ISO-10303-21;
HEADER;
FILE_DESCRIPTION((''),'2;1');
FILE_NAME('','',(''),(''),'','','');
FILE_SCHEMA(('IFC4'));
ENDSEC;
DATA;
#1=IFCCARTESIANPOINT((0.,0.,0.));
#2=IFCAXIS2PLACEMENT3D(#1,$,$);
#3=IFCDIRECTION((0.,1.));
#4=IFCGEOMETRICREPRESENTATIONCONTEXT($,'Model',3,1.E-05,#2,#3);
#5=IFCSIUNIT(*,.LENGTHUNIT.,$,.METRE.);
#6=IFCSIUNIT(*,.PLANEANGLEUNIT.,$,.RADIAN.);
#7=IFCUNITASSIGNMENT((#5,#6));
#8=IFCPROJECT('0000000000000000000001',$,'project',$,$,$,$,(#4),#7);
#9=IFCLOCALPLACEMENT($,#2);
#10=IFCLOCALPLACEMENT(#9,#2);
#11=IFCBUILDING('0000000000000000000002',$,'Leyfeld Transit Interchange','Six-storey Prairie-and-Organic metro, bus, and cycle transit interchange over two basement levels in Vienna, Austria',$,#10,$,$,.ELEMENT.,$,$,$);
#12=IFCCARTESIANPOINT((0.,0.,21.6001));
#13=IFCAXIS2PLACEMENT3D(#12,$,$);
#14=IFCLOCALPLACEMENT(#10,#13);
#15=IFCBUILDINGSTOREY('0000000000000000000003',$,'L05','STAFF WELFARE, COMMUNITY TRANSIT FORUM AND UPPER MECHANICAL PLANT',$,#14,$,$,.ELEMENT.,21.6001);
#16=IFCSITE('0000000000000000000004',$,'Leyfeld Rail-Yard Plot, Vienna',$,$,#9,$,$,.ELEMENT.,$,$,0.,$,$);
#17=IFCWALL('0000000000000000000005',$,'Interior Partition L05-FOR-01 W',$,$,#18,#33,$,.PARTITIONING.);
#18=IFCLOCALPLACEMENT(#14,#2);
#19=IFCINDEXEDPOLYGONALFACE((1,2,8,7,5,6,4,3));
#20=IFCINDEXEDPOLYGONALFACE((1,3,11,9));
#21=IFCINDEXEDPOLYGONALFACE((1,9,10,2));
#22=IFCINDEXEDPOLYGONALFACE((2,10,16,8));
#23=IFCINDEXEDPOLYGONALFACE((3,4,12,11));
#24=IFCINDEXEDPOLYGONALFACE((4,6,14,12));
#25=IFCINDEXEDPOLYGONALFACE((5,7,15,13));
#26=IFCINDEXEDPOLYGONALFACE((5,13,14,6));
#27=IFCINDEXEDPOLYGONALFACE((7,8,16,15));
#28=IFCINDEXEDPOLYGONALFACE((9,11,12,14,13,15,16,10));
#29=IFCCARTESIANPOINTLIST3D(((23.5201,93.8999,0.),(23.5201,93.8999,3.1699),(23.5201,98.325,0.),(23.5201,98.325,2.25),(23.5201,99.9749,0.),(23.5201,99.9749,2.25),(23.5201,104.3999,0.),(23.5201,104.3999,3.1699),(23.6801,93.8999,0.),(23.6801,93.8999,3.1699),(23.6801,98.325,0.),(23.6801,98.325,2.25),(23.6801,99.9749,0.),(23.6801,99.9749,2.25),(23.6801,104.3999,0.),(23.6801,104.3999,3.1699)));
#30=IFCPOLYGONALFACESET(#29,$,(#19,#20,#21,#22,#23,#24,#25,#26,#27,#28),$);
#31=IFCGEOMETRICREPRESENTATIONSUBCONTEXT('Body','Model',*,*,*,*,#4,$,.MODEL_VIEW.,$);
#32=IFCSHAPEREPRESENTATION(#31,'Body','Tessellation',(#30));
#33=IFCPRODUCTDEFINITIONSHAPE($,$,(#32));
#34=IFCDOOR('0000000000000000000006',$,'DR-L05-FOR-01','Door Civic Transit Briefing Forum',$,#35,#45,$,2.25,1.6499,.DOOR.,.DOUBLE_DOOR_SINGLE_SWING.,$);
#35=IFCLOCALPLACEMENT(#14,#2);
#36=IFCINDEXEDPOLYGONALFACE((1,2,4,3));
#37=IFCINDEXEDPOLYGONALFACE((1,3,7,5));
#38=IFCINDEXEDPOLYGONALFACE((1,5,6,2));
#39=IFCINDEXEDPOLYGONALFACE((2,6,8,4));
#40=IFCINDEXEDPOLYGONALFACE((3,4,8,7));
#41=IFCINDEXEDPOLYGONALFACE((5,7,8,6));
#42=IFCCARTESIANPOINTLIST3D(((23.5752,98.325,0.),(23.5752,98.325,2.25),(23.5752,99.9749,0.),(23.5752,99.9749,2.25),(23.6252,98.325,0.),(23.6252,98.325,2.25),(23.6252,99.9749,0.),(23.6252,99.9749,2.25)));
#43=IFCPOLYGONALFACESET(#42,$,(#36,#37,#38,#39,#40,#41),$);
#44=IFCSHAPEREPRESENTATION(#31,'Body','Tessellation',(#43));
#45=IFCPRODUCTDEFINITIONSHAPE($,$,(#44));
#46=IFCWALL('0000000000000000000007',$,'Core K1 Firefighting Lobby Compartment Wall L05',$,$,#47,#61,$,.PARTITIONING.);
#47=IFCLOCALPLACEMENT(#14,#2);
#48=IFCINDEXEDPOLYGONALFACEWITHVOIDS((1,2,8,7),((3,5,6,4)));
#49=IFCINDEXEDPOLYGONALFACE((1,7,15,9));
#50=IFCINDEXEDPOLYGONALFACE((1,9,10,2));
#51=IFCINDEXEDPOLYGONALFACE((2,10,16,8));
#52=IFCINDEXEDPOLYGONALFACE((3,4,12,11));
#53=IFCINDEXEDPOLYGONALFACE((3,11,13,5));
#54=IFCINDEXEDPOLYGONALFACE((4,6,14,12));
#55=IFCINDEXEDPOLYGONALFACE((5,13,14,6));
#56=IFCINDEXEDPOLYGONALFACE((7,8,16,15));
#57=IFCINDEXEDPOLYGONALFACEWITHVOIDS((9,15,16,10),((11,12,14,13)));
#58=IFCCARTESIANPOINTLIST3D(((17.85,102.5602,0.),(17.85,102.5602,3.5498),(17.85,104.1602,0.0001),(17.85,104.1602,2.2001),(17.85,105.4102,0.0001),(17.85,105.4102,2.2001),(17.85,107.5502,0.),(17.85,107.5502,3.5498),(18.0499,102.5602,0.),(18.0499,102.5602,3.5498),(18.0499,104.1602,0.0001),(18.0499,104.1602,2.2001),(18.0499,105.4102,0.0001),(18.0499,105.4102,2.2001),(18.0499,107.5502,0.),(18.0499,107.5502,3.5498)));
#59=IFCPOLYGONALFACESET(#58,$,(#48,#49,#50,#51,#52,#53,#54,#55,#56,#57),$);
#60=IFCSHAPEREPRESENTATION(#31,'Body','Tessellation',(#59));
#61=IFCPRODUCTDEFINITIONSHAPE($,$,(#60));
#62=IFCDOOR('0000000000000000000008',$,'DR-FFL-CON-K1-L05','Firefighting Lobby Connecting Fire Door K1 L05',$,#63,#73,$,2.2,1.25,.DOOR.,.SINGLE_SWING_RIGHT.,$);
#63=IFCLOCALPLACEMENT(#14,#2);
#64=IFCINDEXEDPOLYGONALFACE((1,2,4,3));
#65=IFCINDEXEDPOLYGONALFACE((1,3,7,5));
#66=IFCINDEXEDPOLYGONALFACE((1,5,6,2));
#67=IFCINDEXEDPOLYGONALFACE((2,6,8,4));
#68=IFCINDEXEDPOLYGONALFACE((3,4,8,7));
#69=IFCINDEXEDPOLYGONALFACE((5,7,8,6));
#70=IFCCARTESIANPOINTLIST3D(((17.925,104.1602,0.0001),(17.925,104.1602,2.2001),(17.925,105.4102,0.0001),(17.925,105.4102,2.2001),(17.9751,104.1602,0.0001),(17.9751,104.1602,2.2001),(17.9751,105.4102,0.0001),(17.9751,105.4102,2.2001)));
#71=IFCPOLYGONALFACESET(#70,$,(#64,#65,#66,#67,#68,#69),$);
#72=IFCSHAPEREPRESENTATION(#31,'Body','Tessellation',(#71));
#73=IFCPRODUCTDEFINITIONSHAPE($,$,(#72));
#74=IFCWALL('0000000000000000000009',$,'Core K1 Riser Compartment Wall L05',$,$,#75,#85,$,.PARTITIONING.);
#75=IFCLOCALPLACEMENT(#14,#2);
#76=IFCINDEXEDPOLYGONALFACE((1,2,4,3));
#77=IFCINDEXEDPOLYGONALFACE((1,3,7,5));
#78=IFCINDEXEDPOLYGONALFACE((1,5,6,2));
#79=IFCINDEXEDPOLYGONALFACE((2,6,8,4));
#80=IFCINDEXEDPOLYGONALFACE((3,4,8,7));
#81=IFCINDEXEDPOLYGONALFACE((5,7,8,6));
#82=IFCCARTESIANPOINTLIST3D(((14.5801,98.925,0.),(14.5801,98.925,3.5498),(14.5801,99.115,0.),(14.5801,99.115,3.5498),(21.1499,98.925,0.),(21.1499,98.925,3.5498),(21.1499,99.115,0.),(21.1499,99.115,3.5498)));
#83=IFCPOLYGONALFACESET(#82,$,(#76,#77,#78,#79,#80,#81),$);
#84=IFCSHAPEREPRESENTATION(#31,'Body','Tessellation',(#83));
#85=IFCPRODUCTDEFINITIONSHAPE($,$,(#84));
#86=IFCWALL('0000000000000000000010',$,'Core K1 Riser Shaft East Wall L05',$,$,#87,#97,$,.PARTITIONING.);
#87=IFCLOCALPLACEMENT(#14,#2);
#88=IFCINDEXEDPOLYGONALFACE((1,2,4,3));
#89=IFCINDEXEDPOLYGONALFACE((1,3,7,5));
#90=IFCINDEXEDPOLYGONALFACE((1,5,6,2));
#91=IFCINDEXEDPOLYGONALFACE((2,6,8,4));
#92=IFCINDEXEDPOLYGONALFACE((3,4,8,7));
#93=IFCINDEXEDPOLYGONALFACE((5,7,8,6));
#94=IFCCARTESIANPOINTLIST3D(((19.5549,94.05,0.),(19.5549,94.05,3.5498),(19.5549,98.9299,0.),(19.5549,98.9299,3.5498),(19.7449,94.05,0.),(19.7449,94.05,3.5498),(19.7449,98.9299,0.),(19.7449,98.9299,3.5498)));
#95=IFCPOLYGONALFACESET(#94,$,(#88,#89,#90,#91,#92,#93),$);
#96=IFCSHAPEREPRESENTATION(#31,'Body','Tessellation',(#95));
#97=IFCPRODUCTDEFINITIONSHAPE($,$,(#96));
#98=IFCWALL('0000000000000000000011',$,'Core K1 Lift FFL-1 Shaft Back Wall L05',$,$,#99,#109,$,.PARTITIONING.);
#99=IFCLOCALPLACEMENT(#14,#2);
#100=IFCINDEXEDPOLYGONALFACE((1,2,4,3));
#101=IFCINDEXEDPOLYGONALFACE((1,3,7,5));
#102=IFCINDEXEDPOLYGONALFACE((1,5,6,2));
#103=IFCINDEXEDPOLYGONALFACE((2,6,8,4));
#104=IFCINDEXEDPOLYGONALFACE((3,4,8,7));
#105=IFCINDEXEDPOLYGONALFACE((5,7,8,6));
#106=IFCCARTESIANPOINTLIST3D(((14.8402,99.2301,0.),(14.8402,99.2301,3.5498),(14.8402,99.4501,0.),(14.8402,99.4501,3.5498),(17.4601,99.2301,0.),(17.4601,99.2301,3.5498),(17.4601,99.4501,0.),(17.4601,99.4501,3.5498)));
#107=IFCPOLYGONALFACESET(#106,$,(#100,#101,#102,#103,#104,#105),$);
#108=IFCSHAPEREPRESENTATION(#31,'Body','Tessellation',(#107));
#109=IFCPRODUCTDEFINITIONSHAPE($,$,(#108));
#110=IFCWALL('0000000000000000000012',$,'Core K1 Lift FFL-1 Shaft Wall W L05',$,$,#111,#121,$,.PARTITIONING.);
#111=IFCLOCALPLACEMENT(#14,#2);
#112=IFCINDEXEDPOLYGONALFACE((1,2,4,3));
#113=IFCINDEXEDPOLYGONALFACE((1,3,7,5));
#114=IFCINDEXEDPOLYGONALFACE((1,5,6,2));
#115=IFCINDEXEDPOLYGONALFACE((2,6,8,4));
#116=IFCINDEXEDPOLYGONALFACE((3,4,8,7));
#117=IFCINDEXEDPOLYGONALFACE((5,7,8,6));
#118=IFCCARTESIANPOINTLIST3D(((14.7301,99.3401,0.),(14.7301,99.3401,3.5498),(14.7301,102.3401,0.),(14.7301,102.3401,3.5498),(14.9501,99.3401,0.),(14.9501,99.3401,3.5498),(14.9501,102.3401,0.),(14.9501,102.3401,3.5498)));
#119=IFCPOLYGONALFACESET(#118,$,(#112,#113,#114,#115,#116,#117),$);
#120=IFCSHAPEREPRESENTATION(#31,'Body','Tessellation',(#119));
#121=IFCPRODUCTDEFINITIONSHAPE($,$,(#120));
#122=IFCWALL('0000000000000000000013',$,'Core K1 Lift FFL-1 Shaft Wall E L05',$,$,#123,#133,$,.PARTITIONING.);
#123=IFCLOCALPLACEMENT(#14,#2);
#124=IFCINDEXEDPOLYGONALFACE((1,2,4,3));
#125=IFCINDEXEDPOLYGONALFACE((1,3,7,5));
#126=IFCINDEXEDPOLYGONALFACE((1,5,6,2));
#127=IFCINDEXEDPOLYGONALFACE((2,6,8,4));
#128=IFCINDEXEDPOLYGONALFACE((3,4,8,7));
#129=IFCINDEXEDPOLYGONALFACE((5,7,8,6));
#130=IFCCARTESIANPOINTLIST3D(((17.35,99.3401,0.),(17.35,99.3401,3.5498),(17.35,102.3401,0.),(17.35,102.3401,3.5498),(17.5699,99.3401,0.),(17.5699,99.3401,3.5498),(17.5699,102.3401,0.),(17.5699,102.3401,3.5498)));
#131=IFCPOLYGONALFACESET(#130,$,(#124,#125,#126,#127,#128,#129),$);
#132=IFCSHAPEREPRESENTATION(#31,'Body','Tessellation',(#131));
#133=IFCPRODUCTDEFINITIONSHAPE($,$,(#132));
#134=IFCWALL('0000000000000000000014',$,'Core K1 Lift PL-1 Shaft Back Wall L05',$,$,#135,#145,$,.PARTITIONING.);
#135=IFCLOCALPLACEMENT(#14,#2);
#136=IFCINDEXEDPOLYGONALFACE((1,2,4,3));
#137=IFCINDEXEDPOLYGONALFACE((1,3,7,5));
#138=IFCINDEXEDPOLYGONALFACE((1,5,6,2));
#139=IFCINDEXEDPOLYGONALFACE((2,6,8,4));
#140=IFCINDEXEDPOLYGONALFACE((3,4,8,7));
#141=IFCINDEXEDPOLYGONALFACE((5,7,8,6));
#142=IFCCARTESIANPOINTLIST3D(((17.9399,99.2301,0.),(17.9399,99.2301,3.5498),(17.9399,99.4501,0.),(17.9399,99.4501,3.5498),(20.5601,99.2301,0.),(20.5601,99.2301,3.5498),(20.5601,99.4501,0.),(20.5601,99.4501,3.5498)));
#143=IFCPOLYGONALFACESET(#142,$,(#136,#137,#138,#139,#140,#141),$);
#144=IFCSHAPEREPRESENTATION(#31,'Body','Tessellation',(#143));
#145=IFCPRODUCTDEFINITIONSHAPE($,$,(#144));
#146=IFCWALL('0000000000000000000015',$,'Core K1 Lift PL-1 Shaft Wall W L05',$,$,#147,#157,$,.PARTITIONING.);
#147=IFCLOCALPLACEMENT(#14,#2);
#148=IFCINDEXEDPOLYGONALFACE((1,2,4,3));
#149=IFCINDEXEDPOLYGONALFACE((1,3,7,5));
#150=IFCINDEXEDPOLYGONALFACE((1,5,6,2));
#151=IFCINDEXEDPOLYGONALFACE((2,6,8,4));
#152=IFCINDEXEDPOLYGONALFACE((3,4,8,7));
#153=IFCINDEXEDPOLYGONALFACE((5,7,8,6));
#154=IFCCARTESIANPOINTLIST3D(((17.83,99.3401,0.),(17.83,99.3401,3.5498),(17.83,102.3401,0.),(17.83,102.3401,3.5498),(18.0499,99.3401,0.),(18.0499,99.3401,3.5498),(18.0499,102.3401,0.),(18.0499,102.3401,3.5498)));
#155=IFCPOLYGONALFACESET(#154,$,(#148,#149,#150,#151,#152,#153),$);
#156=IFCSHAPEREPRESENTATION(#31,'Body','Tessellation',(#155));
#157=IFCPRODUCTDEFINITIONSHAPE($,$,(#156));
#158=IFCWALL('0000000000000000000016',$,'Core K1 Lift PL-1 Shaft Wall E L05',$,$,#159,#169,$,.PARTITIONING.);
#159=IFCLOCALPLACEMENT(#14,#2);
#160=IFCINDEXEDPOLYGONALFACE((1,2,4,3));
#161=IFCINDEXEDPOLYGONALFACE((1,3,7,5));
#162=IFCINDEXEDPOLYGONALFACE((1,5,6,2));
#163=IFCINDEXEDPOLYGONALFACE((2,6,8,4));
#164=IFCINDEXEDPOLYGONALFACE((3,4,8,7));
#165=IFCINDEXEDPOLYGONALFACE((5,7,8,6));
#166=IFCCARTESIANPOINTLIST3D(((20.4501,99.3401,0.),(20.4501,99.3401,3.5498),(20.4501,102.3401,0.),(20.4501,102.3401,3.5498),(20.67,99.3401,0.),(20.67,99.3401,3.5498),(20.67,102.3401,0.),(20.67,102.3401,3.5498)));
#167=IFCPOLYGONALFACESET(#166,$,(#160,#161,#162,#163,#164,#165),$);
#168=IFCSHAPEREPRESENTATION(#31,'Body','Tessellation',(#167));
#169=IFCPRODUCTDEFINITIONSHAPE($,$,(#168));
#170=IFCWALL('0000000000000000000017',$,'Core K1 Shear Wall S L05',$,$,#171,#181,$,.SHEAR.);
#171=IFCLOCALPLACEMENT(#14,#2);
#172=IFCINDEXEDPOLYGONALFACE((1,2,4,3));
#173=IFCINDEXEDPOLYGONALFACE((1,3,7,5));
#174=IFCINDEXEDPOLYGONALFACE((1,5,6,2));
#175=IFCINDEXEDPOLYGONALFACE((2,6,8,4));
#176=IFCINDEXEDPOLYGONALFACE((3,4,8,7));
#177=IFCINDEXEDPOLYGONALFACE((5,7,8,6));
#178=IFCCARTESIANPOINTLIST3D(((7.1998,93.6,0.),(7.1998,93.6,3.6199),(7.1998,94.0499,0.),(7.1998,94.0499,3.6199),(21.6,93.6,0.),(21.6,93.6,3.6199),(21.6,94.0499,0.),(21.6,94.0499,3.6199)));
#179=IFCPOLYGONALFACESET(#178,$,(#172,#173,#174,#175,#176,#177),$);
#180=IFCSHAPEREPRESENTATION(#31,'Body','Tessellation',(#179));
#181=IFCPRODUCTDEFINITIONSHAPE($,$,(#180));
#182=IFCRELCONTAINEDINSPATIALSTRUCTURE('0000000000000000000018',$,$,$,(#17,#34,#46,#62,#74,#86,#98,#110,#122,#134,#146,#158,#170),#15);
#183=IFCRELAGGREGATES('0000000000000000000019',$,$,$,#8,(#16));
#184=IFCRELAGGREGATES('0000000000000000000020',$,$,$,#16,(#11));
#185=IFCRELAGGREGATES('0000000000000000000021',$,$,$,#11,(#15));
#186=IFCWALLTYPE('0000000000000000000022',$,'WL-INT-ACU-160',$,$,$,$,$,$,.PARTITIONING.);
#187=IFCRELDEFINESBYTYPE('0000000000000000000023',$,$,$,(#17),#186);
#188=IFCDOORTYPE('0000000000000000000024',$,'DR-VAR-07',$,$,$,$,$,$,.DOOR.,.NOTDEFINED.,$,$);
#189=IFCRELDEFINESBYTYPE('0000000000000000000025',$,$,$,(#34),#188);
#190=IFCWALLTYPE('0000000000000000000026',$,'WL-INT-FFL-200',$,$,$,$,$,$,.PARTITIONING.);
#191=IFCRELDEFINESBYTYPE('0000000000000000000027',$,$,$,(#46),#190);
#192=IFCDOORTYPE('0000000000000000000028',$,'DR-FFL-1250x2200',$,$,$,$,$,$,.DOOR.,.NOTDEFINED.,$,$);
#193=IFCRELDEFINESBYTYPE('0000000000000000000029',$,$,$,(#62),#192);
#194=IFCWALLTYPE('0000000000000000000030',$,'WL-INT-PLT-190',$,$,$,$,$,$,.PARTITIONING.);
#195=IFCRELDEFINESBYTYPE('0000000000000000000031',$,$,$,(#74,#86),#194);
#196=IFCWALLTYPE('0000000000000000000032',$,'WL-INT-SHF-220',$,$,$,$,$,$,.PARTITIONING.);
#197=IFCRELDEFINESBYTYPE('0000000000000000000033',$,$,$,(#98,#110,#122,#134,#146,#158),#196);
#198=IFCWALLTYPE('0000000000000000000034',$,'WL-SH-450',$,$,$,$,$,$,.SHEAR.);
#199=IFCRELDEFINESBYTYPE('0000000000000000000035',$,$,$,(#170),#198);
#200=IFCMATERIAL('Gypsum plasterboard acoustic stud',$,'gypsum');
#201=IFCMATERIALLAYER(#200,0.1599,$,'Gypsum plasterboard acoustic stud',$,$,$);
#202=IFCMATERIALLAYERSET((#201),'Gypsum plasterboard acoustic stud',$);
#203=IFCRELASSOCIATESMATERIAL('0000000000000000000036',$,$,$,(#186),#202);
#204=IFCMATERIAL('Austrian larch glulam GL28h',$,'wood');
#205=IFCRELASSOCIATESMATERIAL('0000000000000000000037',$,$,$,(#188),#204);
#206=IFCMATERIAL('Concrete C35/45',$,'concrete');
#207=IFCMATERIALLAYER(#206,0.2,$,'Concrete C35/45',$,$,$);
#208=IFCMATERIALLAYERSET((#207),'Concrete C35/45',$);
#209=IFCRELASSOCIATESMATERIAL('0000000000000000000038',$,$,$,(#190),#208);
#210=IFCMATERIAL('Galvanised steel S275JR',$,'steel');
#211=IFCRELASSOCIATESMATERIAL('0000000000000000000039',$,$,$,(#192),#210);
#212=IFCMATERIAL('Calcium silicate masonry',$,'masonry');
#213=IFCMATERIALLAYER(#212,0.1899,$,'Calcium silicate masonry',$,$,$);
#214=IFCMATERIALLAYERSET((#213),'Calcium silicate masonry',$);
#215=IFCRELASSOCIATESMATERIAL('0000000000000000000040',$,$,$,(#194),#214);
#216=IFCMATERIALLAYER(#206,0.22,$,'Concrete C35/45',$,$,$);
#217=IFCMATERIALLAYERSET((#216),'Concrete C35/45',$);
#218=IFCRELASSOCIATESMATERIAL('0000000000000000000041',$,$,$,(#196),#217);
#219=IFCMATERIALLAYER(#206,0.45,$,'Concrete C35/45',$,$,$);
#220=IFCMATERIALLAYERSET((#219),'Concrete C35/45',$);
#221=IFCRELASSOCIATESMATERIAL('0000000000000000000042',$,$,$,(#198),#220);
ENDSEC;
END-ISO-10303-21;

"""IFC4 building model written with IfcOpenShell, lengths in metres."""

from ifc_helpers import new_model, si_unit, direction, frame, frame_2d, origin, place, context, subcontext, project, spatial, rectangle, extrude, material, layer, layer_set, type_object, element, fill, save


model = new_model("IFC4")

# Units and contexts
model_context = context("Model", 3, precision=1e-05, world=origin(), true_north=direction((0.0, 1.0)))
body_context = subcontext(model_context, "Body", "Model", "MODEL_VIEW")
ifc_project = project(units=[si_unit("LENGTHUNIT", "METRE"), si_unit("PLANEANGLEUNIT", "RADIAN")], contexts=[model_context])

# Site, building, storey
site_placement = place(None, origin())
site = spatial("IfcSite", under=ifc_project, at=site_placement, Name="Leyfeld Rail-Yard Plot, Vienna", CompositionType="ELEMENT", RefElevation=0.0)
building_placement = place(site_placement, origin())
building = spatial("IfcBuilding", under=site, at=building_placement, Name="Leyfeld Transit Interchange", Description="Six-storey Prairie-and-Organic metro, bus, and cycle transit interchange over two basement levels in Vienna, Austria", CompositionType="ELEMENT")
storey_placement = place(building_placement, frame((0.0, 0.0, 21.6001)))
storey = spatial("IfcBuildingStorey", under=building, at=storey_placement, Name="L05", Description="STAFF WELFARE, COMMUNITY TRANSIT FORUM AND UPPER MECHANICAL PLANT", CompositionType="ELEMENT", Elevation=21.6001)

# Walls, openings, doors
ifc_material_1 = material(Name="Gypsum plasterboard acoustic stud", Category="gypsum")
ifc_layer_1 = layer(ifc_material_1, 0.1599, Name="Gypsum plasterboard acoustic stud")
ifc_layer_set_1 = layer_set([ifc_layer_1], Name="Gypsum plasterboard acoustic stud")
wall_type_1 = type_object("IfcWallType", Name="WL-INT-ACU-160", PredefinedType="PARTITIONING", material=ifc_layer_set_1)
wall_1_placement = place(storey_placement, frame((23.6001, 93.8999, 0.0), z_axis=(0.0, 0.0, 1.0), x_axis=(0.0, 1.0, 0.0)))
wall_1 = element("IfcWall", 1, at=wall_1_placement, inside=storey, type_object=wall_type_1, Name="Interior Partition L05-FOR-01 W", PredefinedType="PARTITIONING", context=body_context, shape_type="SweptSolid", body=[
    extrude(rectangle(XDim=10.5, YDim=0.1599, at=frame_2d((5.25, 0.0))), origin(), (0.0, 0.0, 1.0), 3.1699),
])
opening_1_placement = place(wall_1_placement, frame((4.425, 0.0, 0.0)))
opening_1 = element("IfcOpeningElement", 2, at=opening_1_placement, cuts=wall_1, PredefinedType="OPENING", context=body_context, shape_type="SweptSolid", body=[
    extrude(rectangle(XDim=1.6499, YDim=2.25, at=frame_2d((0.825, 1.125))), frame((0.0, 0.0898, 0.0), z_axis=(0.0, -1.0, 0.0), x_axis=(1.0, 0.0, 0.0)), (0.0, 0.0, 1.0), 0.1799),
])
ifc_material_2 = material(Name="Austrian larch glulam GL28h", Category="wood")
door_type_1 = type_object("IfcDoorType", Name="DR-VAR-07", OperationType="NOTDEFINED", PredefinedType="DOOR", material=ifc_material_2)
door_1_placement = place(opening_1_placement, origin())
door_1 = element("IfcDoor", 3, at=door_1_placement, inside=storey, type_object=door_type_1, Name="DR-L05-FOR-01", Description="Door Civic Transit Briefing Forum", OperationType="DOUBLE_DOOR_SINGLE_SWING", OverallHeight=2.25, OverallWidth=1.6499, PredefinedType="DOOR", context=body_context, shape_type="SweptSolid", body=[
    extrude(rectangle(XDim=1.6499, YDim=2.25, at=frame_2d((0.825, 1.125))), frame((0.0, 0.0249, 0.0), z_axis=(0.0, -1.0, 0.0), x_axis=(1.0, 0.0, 0.0)), (0.0, 0.0, 1.0), 0.05),
])
fill(opening_1, door_1)
ifc_material_3 = material(Name="Concrete C35/45", Category="concrete")
ifc_layer_2 = layer(ifc_material_3, 0.2, Name="Concrete C35/45")
ifc_layer_set_2 = layer_set([ifc_layer_2], Name="Concrete C35/45")
wall_type_2 = type_object("IfcWallType", Name="WL-INT-FFL-200", PredefinedType="PARTITIONING", material=ifc_layer_set_2)
wall_2_placement = place(storey_placement, frame((17.95, 102.5601, 0.0), z_axis=(0.0, 0.0, 1.0), x_axis=(0.0, 1.0, 0.0)))
wall_2 = element("IfcWall", 4, at=wall_2_placement, inside=storey, type_object=wall_type_2, Name="Core K1 Firefighting Lobby Compartment Wall L05", PredefinedType="PARTITIONING", context=body_context, shape_type="SweptSolid", body=[
    extrude(rectangle(XDim=4.99, YDim=0.2, at=frame_2d((2.4951, 0.0))), origin(), (0.0, 0.0, 1.0), 3.5498),
])
opening_2_placement = place(wall_2_placement, frame((1.6001, 0.0, 0.0)))
opening_2 = element("IfcOpeningElement", 5, at=opening_2_placement, cuts=wall_2, PredefinedType="OPENING", context=body_context, shape_type="SweptSolid", body=[
    extrude(rectangle(XDim=1.25, YDim=2.2, at=frame_2d((0.625, 1.1001))), frame((0.0, 0.1099, 0.0), z_axis=(0.0, -1.0, 0.0), x_axis=(1.0, 0.0, 0.0)), (0.0, 0.0, 1.0), 0.22),
])
ifc_material_4 = material(Name="Galvanised steel S275JR", Category="steel")
door_type_2 = type_object("IfcDoorType", Name="DR-FFL-1250x2200", OperationType="NOTDEFINED", PredefinedType="DOOR", material=ifc_material_4)
door_2_placement = place(opening_2_placement, origin())
door_2 = element("IfcDoor", 6, at=door_2_placement, inside=storey, type_object=door_type_2, Name="DR-FFL-CON-K1-L05", Description="Firefighting Lobby Connecting Fire Door K1 L05", OperationType="SINGLE_SWING_RIGHT", OverallHeight=2.2, OverallWidth=1.25, PredefinedType="DOOR", context=body_context, shape_type="SweptSolid", body=[
    extrude(rectangle(XDim=1.25, YDim=2.2, at=frame_2d((0.625, 1.1001))), frame((0.0, 0.0249, 0.0), z_axis=(0.0, -1.0, 0.0), x_axis=(1.0, 0.0, 0.0)), (0.0, 0.0, 1.0), 0.05),
])
fill(opening_2, door_2)

# Walls
ifc_material_5 = material(Name="Calcium silicate masonry", Category="masonry")
ifc_layer_3 = layer(ifc_material_5, 0.1899, Name="Calcium silicate masonry")
ifc_layer_set_3 = layer_set([ifc_layer_3], Name="Calcium silicate masonry")
wall_type_3 = type_object("IfcWallType", Name="WL-INT-PLT-190", PredefinedType="PARTITIONING", material=ifc_layer_set_3)
wall_3_placement = place(storey_placement, frame((14.5801, 99.02, 0.0), z_axis=(0.0, 0.0, 1.0), x_axis=(1.0, 0.0, 0.0)))
element("IfcWall", 7, at=wall_3_placement, inside=storey, type_object=wall_type_3, Name="Core K1 Riser Compartment Wall L05", PredefinedType="PARTITIONING", context=body_context, shape_type="SweptSolid", body=[
    extrude(rectangle(XDim=6.5698, YDim=0.1899, at=frame_2d((3.2849, 0.0))), origin(), (0.0, 0.0, 1.0), 3.5498),
])
wall_4_placement = place(storey_placement, frame((19.6499, 94.05, 0.0), z_axis=(0.0, 0.0, 1.0), x_axis=(0.0, 1.0, 0.0)))
element("IfcWall", 8, at=wall_4_placement, inside=storey, type_object=wall_type_3, Name="Core K1 Riser Shaft East Wall L05", PredefinedType="PARTITIONING", context=body_context, shape_type="SweptSolid", body=[
    extrude(rectangle(XDim=4.8799, YDim=0.1899, at=frame_2d((2.4399, 0.0))), origin(), (0.0, 0.0, 1.0), 3.5498),
])

# Shared definitions
ifc_layer_4 = layer(ifc_material_3, 0.22, Name="Concrete C35/45")
ifc_layer_set_4 = layer_set([ifc_layer_4], Name="Concrete C35/45")
wall_type_4 = type_object("IfcWallType", Name="WL-INT-SHF-220", PredefinedType="PARTITIONING", material=ifc_layer_set_4)

# Walls
wall_5_placement = place(storey_placement, frame((14.8401, 99.3401, 0.0), z_axis=(0.0, 0.0, 1.0), x_axis=(1.0, 0.0, 0.0)))
element("IfcWall", 9, at=wall_5_placement, inside=storey, type_object=wall_type_4, Name="Core K1 Lift FFL-1 Shaft Back Wall L05", PredefinedType="PARTITIONING", context=body_context, shape_type="SweptSolid", body=[
    extrude(rectangle(XDim=2.6199, YDim=0.22, at=frame_2d((1.3101, 0.0))), origin(), (0.0, 0.0, 1.0), 3.5498),
])
for number, where, z_axis, x_axis, name in (
    (10, (14.8401, 99.3401, 0.0), (0.0, 0.0, 1.0), (0.0, 1.0, 0.0), "Core K1 Lift FFL-1 Shaft Wall W L05"),
    (11, (17.46, 99.3401, 0.0), (0.0, 0.0, 1.0), (0.0, 1.0, 0.0), "Core K1 Lift FFL-1 Shaft Wall E L05"),
):
    element("IfcWall", number, at=place(storey_placement, frame(where, z_axis=z_axis, x_axis=x_axis)), inside=storey, type_object=wall_type_4, Name=name, PredefinedType="PARTITIONING", context=body_context, shape_type="SweptSolid", body=[
        extrude(rectangle(XDim=3.0, YDim=0.22, at=frame_2d((1.5, 0.0))), origin(), (0.0, 0.0, 1.0), 3.5498),
    ])
wall_6_placement = place(storey_placement, frame((17.9399, 99.3401, 0.0), z_axis=(0.0, 0.0, 1.0), x_axis=(1.0, 0.0, 0.0)))
element("IfcWall", 12, at=wall_6_placement, inside=storey, type_object=wall_type_4, Name="Core K1 Lift PL-1 Shaft Back Wall L05", PredefinedType="PARTITIONING", context=body_context, shape_type="SweptSolid", body=[
    extrude(rectangle(XDim=2.6201, YDim=0.22, at=frame_2d((1.3101, 0.0))), origin(), (0.0, 0.0, 1.0), 3.5498),
])
for number, where, z_axis, x_axis, name in (
    (13, (17.9399, 99.3401, 0.0), (0.0, 0.0, 1.0), (0.0, 1.0, 0.0), "Core K1 Lift PL-1 Shaft Wall W L05"),
    (14, (20.5601, 99.3401, 0.0), (0.0, 0.0, 1.0), (0.0, 1.0, 0.0), "Core K1 Lift PL-1 Shaft Wall E L05"),
):
    element("IfcWall", number, at=place(storey_placement, frame(where, z_axis=z_axis, x_axis=x_axis)), inside=storey, type_object=wall_type_4, Name=name, PredefinedType="PARTITIONING", context=body_context, shape_type="SweptSolid", body=[
        extrude(rectangle(XDim=3.0, YDim=0.22, at=frame_2d((1.5, 0.0))), origin(), (0.0, 0.0, 1.0), 3.5498),
    ])
ifc_layer_5 = layer(ifc_material_3, 0.45, Name="Concrete C35/45")
ifc_layer_set_5 = layer_set([ifc_layer_5], Name="Concrete C35/45")
wall_type_5 = type_object("IfcWallType", Name="WL-SH-450", PredefinedType="SHEAR", material=ifc_layer_set_5)
wall_7_placement = place(storey_placement, frame((21.6001, 93.825, 0.0), z_axis=(0.0, 0.0, 1.0), x_axis=(-1.0, 0.0, 0.0)))
element("IfcWall", 15, at=wall_7_placement, inside=storey, type_object=wall_type_5, Name="Core K1 Shear Wall S L05", PredefinedType="SHEAR", context=body_context, shape_type="SweptSolid", body=[
    extrude(rectangle(XDim=14.4001, YDim=0.45, at=frame_2d((7.2002, 0.0))), origin(), (0.0, 0.0, 1.0), 3.6199),
])

save(model, "model.ifc")
